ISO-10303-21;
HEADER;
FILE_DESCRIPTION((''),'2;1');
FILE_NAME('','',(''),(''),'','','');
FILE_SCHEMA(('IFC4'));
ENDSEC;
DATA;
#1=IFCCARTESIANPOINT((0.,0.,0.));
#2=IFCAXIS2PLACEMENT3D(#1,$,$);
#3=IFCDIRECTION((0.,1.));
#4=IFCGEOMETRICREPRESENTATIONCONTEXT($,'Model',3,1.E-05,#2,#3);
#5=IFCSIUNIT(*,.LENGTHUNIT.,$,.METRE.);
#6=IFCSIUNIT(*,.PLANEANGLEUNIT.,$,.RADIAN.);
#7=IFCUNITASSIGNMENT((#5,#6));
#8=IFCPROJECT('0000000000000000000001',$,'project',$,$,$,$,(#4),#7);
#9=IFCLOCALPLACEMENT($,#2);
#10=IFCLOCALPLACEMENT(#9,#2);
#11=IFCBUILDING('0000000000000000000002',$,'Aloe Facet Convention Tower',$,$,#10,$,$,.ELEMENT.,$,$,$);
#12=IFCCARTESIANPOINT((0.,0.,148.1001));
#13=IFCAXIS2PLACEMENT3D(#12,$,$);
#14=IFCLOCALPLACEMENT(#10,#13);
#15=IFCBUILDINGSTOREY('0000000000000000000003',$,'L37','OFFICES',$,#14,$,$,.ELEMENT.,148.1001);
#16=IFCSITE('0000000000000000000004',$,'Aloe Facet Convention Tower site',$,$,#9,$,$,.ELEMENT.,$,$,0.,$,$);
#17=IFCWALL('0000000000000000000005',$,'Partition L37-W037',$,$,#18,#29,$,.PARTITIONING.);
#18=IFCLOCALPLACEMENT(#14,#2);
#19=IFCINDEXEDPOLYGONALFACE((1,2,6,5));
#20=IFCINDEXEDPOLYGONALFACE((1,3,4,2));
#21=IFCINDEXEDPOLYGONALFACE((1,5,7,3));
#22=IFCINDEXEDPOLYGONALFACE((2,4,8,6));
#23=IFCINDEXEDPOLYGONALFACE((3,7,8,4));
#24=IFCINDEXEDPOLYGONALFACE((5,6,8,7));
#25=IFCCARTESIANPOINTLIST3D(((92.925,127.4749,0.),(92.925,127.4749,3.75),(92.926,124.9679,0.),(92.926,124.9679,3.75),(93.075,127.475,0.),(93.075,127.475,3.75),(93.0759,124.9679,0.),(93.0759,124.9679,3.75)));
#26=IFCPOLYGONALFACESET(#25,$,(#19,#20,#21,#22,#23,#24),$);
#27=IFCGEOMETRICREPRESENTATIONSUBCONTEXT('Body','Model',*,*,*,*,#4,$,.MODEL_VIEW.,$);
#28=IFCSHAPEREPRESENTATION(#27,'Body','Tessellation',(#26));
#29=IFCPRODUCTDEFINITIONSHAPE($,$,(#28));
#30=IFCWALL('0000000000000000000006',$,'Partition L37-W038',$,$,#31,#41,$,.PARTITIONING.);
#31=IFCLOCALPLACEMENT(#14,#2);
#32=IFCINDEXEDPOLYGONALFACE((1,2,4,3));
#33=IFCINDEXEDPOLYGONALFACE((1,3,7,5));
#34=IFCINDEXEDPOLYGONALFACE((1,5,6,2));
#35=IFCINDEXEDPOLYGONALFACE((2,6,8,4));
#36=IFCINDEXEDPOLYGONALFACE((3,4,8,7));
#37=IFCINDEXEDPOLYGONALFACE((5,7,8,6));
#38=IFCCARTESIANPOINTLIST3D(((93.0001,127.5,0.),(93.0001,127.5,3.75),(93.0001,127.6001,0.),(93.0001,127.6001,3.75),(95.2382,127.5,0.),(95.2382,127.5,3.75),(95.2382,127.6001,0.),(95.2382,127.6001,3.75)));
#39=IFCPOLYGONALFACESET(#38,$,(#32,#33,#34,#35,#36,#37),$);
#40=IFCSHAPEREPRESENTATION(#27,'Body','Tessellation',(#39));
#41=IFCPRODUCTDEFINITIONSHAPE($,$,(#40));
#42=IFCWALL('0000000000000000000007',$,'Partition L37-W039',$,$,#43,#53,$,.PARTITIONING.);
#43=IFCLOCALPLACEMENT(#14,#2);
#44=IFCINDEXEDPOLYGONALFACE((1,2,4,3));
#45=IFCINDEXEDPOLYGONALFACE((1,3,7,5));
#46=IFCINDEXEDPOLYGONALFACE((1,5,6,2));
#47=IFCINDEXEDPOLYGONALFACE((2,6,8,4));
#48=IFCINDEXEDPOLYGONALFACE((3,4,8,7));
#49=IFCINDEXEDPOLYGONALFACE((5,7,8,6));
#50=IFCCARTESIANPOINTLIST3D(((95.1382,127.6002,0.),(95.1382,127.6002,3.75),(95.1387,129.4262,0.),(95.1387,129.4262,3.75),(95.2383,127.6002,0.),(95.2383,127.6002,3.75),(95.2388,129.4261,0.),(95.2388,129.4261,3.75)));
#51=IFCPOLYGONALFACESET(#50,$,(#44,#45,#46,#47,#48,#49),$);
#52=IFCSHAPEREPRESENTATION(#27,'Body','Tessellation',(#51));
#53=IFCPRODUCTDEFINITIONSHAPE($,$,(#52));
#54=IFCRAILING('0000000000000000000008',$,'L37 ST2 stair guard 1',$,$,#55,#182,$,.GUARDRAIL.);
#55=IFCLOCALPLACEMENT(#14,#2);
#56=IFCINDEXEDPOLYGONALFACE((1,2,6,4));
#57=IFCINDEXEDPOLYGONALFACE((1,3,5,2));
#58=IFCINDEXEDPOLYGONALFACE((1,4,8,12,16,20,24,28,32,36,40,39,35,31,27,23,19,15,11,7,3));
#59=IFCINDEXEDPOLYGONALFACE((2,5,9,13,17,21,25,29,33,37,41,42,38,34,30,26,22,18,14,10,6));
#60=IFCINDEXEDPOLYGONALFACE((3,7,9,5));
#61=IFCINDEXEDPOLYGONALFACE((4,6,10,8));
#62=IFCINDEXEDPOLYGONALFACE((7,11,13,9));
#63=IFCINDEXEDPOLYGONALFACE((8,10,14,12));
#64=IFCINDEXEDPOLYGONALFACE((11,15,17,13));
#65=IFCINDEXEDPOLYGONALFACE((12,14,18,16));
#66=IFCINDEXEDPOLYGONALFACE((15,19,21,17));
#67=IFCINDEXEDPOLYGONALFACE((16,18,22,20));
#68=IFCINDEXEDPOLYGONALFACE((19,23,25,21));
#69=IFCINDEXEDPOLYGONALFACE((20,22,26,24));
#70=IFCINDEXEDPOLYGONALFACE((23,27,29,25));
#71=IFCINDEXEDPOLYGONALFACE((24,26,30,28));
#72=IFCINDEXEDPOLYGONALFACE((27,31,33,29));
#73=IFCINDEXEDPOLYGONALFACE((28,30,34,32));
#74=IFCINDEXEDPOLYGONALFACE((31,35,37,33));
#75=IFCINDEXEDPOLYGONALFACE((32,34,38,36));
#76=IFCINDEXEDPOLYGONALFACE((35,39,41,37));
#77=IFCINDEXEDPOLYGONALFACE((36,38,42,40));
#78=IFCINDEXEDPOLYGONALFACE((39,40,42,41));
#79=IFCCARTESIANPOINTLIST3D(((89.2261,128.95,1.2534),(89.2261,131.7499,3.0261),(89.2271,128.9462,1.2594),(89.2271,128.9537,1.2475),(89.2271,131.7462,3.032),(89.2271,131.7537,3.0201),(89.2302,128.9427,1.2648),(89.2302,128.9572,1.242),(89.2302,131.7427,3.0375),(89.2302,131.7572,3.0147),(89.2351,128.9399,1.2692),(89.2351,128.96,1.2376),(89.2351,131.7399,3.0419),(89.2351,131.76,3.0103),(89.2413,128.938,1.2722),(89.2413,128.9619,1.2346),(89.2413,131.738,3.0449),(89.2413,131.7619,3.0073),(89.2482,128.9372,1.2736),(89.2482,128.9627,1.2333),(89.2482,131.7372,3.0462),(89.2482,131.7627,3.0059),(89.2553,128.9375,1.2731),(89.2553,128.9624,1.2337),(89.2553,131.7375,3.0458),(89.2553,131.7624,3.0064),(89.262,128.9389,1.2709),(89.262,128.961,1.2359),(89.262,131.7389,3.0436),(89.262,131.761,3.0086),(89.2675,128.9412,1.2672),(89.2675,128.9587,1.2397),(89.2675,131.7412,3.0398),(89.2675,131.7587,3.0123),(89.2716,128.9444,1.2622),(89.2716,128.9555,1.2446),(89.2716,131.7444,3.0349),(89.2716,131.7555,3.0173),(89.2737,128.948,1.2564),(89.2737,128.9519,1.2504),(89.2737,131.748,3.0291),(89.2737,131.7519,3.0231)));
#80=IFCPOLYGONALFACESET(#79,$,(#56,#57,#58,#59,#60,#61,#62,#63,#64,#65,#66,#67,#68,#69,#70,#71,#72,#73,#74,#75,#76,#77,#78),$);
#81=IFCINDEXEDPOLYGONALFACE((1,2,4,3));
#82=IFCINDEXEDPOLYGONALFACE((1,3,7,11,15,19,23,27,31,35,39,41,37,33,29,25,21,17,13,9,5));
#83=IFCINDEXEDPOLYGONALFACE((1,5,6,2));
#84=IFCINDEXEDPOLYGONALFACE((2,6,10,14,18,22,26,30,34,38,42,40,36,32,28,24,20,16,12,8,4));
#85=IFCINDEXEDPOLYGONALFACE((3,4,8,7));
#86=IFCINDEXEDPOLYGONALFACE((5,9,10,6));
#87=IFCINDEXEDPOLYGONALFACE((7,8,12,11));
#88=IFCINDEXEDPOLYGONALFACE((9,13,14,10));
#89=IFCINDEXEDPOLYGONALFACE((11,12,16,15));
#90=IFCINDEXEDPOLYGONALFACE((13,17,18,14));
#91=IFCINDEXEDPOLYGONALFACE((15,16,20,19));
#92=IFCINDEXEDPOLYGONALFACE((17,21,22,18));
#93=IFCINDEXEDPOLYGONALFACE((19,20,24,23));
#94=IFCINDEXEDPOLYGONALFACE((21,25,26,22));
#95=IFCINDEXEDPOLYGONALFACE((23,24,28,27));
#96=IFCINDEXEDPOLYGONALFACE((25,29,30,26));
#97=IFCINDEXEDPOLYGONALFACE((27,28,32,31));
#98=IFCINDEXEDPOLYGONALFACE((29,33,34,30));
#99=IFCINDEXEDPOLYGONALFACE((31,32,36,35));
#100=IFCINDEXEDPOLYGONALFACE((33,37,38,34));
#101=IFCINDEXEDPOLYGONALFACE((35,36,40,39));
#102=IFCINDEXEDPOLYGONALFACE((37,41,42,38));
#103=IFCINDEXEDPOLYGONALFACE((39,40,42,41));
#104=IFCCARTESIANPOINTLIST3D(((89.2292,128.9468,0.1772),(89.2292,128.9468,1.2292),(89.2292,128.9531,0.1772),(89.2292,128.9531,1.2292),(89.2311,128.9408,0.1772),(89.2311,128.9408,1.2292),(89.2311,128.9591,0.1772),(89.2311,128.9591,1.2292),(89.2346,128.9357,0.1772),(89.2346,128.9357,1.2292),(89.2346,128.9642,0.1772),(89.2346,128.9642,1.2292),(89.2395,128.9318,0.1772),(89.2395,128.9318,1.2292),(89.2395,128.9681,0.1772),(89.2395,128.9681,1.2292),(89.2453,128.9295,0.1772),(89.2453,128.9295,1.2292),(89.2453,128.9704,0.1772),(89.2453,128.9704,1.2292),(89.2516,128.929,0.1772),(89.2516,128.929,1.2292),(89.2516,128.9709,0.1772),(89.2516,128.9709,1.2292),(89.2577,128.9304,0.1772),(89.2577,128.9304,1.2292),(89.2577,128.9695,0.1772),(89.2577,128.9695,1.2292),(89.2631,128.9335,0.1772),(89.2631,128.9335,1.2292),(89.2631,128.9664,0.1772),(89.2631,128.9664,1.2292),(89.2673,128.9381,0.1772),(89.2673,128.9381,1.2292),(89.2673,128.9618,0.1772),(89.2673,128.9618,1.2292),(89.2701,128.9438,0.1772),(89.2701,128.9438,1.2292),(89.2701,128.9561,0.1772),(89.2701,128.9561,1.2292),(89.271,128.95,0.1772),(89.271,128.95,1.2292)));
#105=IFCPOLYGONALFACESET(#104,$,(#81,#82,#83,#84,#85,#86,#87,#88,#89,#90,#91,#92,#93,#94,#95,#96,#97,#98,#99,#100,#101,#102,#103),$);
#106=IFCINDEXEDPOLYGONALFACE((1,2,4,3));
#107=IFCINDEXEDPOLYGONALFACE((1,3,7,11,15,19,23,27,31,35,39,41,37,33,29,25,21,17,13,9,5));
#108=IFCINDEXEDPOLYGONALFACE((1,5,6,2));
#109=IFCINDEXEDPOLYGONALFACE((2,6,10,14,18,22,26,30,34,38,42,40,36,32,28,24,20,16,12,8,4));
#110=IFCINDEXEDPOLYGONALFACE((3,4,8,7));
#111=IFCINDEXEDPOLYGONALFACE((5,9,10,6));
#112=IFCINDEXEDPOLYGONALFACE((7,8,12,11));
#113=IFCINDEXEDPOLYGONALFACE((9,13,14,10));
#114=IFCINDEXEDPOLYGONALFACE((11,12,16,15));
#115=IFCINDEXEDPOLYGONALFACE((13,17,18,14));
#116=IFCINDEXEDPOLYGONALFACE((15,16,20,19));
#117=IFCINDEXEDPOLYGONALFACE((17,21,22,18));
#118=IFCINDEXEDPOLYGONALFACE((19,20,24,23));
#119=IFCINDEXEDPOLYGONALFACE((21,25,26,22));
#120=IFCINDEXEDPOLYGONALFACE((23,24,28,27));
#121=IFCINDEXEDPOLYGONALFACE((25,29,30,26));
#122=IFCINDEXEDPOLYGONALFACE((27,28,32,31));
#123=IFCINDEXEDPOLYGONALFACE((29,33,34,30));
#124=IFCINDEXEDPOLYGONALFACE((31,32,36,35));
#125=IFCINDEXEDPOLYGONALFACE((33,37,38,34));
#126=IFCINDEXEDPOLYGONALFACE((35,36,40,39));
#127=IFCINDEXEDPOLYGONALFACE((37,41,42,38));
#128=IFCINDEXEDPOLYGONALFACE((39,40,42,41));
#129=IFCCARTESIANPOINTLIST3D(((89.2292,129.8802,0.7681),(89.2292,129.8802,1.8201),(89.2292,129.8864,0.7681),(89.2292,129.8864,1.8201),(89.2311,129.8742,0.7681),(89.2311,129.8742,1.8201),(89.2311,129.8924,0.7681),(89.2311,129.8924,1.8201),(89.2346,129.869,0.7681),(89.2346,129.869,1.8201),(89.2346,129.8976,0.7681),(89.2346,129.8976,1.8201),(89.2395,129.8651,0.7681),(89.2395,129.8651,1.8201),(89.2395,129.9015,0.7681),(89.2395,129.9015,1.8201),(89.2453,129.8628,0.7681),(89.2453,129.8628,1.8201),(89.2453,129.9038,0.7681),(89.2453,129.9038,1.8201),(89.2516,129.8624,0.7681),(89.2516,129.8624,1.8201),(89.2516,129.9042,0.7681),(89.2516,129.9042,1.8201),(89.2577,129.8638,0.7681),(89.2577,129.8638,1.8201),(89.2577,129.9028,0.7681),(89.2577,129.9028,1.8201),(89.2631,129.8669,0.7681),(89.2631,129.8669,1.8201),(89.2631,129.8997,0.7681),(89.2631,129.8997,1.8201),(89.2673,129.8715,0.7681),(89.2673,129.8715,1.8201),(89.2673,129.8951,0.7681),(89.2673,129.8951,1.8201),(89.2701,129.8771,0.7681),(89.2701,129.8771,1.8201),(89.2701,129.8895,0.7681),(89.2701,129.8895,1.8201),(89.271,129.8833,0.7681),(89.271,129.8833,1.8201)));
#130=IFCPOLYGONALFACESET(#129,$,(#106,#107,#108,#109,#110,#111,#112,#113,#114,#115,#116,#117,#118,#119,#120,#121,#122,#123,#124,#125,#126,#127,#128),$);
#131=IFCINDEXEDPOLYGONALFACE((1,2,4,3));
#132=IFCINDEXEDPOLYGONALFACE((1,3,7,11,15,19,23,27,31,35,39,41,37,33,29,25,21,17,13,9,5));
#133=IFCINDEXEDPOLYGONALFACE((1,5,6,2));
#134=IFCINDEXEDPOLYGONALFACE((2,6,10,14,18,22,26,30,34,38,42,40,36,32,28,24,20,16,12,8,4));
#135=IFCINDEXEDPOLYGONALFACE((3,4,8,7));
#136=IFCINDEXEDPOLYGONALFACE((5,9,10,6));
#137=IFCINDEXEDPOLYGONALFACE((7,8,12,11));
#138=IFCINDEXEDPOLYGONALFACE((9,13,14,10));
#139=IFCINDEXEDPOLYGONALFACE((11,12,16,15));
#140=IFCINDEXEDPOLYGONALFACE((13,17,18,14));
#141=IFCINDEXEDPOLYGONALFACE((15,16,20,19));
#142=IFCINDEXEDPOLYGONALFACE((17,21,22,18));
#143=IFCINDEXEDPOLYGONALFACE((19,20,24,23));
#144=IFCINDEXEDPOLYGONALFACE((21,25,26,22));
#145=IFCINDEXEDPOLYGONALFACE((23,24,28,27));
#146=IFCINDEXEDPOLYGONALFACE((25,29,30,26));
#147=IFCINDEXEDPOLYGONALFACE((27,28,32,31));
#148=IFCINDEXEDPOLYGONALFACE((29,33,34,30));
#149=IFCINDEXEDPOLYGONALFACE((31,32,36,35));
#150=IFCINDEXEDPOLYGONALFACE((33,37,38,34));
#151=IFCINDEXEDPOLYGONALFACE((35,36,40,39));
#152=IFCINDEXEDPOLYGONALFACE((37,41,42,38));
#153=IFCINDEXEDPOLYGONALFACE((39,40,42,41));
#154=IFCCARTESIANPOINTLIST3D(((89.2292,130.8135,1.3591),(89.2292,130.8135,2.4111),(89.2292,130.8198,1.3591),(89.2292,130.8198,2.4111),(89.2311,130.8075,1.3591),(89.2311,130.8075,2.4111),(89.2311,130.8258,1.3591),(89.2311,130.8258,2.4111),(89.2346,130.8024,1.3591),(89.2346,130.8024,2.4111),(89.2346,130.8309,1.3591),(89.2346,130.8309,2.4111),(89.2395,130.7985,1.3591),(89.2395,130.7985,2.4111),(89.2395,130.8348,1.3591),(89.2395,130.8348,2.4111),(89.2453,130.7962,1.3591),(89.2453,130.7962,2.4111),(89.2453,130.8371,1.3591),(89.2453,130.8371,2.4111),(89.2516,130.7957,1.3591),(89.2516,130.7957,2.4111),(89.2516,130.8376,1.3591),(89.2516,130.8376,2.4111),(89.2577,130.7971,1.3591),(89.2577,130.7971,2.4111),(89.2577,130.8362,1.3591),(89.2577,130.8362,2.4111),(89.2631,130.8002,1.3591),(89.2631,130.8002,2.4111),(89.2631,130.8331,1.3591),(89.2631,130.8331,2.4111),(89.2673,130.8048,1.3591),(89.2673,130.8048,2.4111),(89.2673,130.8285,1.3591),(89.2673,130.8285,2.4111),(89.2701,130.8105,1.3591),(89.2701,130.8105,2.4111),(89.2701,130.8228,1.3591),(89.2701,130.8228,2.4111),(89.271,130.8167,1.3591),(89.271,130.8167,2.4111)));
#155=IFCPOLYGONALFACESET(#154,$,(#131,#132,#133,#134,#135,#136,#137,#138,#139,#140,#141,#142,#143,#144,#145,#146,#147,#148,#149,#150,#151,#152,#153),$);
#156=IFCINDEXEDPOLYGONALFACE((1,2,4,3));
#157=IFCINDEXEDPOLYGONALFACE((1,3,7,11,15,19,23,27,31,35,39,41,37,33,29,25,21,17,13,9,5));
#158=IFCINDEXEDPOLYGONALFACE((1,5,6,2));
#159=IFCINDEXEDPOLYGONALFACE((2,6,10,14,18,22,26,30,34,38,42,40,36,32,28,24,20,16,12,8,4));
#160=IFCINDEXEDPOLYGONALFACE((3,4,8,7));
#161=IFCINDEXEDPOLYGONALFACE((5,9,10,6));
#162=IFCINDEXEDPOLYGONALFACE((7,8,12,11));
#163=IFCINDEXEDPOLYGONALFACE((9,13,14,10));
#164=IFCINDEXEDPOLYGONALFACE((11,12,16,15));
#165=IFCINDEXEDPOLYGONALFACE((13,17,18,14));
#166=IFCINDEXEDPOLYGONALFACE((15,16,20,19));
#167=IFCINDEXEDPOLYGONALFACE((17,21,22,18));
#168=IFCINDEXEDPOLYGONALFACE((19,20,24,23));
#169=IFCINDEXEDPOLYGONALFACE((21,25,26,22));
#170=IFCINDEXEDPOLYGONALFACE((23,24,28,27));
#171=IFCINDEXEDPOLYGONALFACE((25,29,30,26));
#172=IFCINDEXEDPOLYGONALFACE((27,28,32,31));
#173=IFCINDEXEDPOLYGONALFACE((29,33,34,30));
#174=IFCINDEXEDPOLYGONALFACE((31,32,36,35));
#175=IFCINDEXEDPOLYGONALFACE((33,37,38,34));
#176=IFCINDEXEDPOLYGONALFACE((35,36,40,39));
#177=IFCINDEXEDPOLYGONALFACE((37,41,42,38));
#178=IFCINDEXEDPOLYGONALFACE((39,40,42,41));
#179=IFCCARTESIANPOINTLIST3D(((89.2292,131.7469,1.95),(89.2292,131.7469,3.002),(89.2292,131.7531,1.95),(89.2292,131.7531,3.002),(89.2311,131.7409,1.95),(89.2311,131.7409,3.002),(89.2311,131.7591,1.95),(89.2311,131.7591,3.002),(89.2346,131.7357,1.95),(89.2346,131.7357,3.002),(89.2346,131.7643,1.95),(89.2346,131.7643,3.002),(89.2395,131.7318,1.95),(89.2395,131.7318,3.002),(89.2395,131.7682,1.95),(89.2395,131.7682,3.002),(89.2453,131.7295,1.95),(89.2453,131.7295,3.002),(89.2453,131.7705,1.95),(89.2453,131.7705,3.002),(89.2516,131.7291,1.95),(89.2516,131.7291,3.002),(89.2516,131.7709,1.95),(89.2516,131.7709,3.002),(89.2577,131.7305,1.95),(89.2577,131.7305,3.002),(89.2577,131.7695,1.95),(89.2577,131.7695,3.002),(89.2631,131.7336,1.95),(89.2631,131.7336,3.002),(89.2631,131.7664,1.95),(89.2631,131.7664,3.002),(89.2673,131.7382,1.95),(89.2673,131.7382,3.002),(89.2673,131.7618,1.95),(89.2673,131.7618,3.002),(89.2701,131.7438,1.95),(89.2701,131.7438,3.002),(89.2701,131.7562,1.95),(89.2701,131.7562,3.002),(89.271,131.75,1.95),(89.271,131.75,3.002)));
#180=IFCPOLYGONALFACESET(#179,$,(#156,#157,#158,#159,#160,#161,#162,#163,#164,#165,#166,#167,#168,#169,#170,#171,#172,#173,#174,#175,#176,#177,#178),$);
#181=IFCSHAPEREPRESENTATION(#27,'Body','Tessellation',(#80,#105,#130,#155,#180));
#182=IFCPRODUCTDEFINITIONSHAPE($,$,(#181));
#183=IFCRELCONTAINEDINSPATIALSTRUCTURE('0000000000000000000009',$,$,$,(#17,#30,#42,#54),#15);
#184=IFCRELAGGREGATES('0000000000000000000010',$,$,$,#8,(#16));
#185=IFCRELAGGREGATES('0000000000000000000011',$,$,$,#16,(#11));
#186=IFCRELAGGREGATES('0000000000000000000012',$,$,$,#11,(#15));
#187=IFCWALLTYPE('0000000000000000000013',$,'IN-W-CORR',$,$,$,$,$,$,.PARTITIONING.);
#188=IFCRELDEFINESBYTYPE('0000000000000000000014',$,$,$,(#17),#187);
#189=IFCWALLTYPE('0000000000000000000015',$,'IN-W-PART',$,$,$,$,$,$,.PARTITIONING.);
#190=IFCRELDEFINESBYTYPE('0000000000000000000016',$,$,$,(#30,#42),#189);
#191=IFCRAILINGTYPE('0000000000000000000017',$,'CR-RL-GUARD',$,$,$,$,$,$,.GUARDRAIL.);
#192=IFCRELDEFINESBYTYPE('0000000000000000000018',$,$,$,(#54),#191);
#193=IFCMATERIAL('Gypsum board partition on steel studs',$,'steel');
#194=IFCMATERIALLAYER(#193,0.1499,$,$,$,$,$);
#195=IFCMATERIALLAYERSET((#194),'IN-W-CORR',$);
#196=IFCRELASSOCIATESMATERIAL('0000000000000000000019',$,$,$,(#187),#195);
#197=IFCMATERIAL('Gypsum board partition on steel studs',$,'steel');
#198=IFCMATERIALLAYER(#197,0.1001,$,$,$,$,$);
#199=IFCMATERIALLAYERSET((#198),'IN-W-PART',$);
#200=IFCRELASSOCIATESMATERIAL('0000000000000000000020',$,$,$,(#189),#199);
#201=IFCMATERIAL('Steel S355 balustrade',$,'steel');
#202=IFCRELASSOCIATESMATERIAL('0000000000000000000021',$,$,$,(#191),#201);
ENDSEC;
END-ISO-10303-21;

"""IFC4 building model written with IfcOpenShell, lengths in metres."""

from ifc_helpers import new_model, si_unit, direction, frame, frame_2d, origin, origin_2d, place, context, subcontext, project, spatial, rectangle, circle, extrude, material, layer, layer_set, type_object, element, save


model = new_model("IFC4")

# Units and contexts
model_context = context("Model", 3, precision=1e-05, world=origin(), true_north=direction((0.0, 1.0)))
body_context = subcontext(model_context, "Body", "Model", "MODEL_VIEW")
ifc_project = project(units=[si_unit("LENGTHUNIT", "METRE"), si_unit("PLANEANGLEUNIT", "RADIAN")], contexts=[model_context])

# Site, building, storey
site_placement = place(None, origin())
site = spatial("IfcSite", under=ifc_project, at=site_placement, Name="Aloe Facet Convention Tower site", CompositionType="ELEMENT", RefElevation=0.0)
building_placement = place(site_placement, origin())
building = spatial("IfcBuilding", under=site, at=building_placement, Name="Aloe Facet Convention Tower", CompositionType="ELEMENT")
storey_placement = place(building_placement, frame((0.0, 0.0, 148.1001)))
storey = spatial("IfcBuildingStorey", under=building, at=storey_placement, Name="L37", Description="OFFICES", CompositionType="ELEMENT", Elevation=148.1001)

# Shared definitions
ifc_material_1 = material(Name="Gypsum board partition on steel studs", Category="steel")
ifc_layer_1 = layer(ifc_material_1, 0.1499)
ifc_layer_set_1 = layer_set([ifc_layer_1], Name="IN-W-CORR")
wall_type_1 = type_object("IfcWallType", Name="IN-W-CORR", PredefinedType="PARTITIONING", material=ifc_layer_set_1)

# Walls
wall_1_placement = place(storey_placement, frame((93.001, 124.968, 0.0), z_axis=(0.0, 0.0, 1.0), x_axis=(-0.00039, 1.0, 0.0)))
element("IfcWall", 1, at=wall_1_placement, inside=storey, type_object=wall_type_1, Name="Partition L37-W037", PredefinedType="PARTITIONING", context=body_context, shape_type="SweptSolid", body=[
    extrude(rectangle(XDim=2.5071, YDim=0.1499, at=frame_2d((1.2534, 0.0))), origin(), (0.0, 0.0, 1.0), 3.75),
])
ifc_material_2 = material(Name="Gypsum board partition on steel studs", Category="steel")
ifc_layer_2 = layer(ifc_material_2, 0.1001)
ifc_layer_set_2 = layer_set([ifc_layer_2], Name="IN-W-PART")
wall_type_2 = type_object("IfcWallType", Name="IN-W-PART", PredefinedType="PARTITIONING", material=ifc_layer_set_2)
wall_2_placement = place(storey_placement, frame((93.0, 127.55, 0.0), z_axis=(0.0, 0.0, 1.0), x_axis=(1.0, 0.0, 0.0)))
element("IfcWall", 2, at=wall_2_placement, inside=storey, type_object=wall_type_2, Name="Partition L37-W038", PredefinedType="PARTITIONING", context=body_context, shape_type="SweptSolid", body=[
    extrude(rectangle(XDim=2.238, YDim=0.1001, at=frame_2d((1.1191, 0.0))), origin(), (0.0, 0.0, 1.0), 3.75),
])
wall_3_placement = place(storey_placement, frame((95.1882, 127.6001, 0.0), z_axis=(0.0, 0.0, 1.0), x_axis=(0.000267, 1.0, 0.0)))
element("IfcWall", 3, at=wall_3_placement, inside=storey, type_object=wall_type_2, Name="Partition L37-W039", PredefinedType="PARTITIONING", context=body_context, shape_type="SweptSolid", body=[
    extrude(rectangle(XDim=1.8259, YDim=0.1001, at=frame_2d((0.9131, 0.0))), origin(), (0.0, 0.0, 1.0), 3.75),
])

# Railing
ifc_material_3 = material(Name="Steel S355 balustrade", Category="steel")
railing_type = type_object("IfcRailingType", Name="CR-RL-GUARD", PredefinedType="GUARDRAIL", material=ifc_material_3)
railing_1_placement = place(storey_placement, frame((89.25, 128.95, 0.1772)))
element("IfcRailing", 4, at=railing_1_placement, inside=storey, type_object=railing_type, Name="L37 ST2 stair guard 1", PredefinedType="GUARDRAIL", context=body_context, shape_type="SweptSolid", body=[
    extrude(circle(Radius=0.0239, at=origin_2d()), frame((0.0, 0.0, 1.0762), z_axis=(0.0, 0.844909, 0.53491), x_axis=(-1.0, 0.0, 0.0)), (0.0, 0.0, 1.0), 3.314),
    extrude(circle(Radius=0.021, at=origin_2d()), origin(), (0.0, 0.0, 1.0), 1.052),
    extrude(circle(Radius=0.021, at=origin_2d()), frame((0.0, 0.9333, 0.5908)), (0.0, 0.0, 1.0), 1.052),
    extrude(circle(Radius=0.021, at=origin_2d()), frame((0.0, 1.8667, 1.1819)), (0.0, 0.0, 1.0), 1.052),
    extrude(circle(Radius=0.021, at=origin_2d()), frame((0.0, 2.8, 1.7727)), (0.0, 0.0, 1.0), 1.052),
])

save(model, "model.ifc")
